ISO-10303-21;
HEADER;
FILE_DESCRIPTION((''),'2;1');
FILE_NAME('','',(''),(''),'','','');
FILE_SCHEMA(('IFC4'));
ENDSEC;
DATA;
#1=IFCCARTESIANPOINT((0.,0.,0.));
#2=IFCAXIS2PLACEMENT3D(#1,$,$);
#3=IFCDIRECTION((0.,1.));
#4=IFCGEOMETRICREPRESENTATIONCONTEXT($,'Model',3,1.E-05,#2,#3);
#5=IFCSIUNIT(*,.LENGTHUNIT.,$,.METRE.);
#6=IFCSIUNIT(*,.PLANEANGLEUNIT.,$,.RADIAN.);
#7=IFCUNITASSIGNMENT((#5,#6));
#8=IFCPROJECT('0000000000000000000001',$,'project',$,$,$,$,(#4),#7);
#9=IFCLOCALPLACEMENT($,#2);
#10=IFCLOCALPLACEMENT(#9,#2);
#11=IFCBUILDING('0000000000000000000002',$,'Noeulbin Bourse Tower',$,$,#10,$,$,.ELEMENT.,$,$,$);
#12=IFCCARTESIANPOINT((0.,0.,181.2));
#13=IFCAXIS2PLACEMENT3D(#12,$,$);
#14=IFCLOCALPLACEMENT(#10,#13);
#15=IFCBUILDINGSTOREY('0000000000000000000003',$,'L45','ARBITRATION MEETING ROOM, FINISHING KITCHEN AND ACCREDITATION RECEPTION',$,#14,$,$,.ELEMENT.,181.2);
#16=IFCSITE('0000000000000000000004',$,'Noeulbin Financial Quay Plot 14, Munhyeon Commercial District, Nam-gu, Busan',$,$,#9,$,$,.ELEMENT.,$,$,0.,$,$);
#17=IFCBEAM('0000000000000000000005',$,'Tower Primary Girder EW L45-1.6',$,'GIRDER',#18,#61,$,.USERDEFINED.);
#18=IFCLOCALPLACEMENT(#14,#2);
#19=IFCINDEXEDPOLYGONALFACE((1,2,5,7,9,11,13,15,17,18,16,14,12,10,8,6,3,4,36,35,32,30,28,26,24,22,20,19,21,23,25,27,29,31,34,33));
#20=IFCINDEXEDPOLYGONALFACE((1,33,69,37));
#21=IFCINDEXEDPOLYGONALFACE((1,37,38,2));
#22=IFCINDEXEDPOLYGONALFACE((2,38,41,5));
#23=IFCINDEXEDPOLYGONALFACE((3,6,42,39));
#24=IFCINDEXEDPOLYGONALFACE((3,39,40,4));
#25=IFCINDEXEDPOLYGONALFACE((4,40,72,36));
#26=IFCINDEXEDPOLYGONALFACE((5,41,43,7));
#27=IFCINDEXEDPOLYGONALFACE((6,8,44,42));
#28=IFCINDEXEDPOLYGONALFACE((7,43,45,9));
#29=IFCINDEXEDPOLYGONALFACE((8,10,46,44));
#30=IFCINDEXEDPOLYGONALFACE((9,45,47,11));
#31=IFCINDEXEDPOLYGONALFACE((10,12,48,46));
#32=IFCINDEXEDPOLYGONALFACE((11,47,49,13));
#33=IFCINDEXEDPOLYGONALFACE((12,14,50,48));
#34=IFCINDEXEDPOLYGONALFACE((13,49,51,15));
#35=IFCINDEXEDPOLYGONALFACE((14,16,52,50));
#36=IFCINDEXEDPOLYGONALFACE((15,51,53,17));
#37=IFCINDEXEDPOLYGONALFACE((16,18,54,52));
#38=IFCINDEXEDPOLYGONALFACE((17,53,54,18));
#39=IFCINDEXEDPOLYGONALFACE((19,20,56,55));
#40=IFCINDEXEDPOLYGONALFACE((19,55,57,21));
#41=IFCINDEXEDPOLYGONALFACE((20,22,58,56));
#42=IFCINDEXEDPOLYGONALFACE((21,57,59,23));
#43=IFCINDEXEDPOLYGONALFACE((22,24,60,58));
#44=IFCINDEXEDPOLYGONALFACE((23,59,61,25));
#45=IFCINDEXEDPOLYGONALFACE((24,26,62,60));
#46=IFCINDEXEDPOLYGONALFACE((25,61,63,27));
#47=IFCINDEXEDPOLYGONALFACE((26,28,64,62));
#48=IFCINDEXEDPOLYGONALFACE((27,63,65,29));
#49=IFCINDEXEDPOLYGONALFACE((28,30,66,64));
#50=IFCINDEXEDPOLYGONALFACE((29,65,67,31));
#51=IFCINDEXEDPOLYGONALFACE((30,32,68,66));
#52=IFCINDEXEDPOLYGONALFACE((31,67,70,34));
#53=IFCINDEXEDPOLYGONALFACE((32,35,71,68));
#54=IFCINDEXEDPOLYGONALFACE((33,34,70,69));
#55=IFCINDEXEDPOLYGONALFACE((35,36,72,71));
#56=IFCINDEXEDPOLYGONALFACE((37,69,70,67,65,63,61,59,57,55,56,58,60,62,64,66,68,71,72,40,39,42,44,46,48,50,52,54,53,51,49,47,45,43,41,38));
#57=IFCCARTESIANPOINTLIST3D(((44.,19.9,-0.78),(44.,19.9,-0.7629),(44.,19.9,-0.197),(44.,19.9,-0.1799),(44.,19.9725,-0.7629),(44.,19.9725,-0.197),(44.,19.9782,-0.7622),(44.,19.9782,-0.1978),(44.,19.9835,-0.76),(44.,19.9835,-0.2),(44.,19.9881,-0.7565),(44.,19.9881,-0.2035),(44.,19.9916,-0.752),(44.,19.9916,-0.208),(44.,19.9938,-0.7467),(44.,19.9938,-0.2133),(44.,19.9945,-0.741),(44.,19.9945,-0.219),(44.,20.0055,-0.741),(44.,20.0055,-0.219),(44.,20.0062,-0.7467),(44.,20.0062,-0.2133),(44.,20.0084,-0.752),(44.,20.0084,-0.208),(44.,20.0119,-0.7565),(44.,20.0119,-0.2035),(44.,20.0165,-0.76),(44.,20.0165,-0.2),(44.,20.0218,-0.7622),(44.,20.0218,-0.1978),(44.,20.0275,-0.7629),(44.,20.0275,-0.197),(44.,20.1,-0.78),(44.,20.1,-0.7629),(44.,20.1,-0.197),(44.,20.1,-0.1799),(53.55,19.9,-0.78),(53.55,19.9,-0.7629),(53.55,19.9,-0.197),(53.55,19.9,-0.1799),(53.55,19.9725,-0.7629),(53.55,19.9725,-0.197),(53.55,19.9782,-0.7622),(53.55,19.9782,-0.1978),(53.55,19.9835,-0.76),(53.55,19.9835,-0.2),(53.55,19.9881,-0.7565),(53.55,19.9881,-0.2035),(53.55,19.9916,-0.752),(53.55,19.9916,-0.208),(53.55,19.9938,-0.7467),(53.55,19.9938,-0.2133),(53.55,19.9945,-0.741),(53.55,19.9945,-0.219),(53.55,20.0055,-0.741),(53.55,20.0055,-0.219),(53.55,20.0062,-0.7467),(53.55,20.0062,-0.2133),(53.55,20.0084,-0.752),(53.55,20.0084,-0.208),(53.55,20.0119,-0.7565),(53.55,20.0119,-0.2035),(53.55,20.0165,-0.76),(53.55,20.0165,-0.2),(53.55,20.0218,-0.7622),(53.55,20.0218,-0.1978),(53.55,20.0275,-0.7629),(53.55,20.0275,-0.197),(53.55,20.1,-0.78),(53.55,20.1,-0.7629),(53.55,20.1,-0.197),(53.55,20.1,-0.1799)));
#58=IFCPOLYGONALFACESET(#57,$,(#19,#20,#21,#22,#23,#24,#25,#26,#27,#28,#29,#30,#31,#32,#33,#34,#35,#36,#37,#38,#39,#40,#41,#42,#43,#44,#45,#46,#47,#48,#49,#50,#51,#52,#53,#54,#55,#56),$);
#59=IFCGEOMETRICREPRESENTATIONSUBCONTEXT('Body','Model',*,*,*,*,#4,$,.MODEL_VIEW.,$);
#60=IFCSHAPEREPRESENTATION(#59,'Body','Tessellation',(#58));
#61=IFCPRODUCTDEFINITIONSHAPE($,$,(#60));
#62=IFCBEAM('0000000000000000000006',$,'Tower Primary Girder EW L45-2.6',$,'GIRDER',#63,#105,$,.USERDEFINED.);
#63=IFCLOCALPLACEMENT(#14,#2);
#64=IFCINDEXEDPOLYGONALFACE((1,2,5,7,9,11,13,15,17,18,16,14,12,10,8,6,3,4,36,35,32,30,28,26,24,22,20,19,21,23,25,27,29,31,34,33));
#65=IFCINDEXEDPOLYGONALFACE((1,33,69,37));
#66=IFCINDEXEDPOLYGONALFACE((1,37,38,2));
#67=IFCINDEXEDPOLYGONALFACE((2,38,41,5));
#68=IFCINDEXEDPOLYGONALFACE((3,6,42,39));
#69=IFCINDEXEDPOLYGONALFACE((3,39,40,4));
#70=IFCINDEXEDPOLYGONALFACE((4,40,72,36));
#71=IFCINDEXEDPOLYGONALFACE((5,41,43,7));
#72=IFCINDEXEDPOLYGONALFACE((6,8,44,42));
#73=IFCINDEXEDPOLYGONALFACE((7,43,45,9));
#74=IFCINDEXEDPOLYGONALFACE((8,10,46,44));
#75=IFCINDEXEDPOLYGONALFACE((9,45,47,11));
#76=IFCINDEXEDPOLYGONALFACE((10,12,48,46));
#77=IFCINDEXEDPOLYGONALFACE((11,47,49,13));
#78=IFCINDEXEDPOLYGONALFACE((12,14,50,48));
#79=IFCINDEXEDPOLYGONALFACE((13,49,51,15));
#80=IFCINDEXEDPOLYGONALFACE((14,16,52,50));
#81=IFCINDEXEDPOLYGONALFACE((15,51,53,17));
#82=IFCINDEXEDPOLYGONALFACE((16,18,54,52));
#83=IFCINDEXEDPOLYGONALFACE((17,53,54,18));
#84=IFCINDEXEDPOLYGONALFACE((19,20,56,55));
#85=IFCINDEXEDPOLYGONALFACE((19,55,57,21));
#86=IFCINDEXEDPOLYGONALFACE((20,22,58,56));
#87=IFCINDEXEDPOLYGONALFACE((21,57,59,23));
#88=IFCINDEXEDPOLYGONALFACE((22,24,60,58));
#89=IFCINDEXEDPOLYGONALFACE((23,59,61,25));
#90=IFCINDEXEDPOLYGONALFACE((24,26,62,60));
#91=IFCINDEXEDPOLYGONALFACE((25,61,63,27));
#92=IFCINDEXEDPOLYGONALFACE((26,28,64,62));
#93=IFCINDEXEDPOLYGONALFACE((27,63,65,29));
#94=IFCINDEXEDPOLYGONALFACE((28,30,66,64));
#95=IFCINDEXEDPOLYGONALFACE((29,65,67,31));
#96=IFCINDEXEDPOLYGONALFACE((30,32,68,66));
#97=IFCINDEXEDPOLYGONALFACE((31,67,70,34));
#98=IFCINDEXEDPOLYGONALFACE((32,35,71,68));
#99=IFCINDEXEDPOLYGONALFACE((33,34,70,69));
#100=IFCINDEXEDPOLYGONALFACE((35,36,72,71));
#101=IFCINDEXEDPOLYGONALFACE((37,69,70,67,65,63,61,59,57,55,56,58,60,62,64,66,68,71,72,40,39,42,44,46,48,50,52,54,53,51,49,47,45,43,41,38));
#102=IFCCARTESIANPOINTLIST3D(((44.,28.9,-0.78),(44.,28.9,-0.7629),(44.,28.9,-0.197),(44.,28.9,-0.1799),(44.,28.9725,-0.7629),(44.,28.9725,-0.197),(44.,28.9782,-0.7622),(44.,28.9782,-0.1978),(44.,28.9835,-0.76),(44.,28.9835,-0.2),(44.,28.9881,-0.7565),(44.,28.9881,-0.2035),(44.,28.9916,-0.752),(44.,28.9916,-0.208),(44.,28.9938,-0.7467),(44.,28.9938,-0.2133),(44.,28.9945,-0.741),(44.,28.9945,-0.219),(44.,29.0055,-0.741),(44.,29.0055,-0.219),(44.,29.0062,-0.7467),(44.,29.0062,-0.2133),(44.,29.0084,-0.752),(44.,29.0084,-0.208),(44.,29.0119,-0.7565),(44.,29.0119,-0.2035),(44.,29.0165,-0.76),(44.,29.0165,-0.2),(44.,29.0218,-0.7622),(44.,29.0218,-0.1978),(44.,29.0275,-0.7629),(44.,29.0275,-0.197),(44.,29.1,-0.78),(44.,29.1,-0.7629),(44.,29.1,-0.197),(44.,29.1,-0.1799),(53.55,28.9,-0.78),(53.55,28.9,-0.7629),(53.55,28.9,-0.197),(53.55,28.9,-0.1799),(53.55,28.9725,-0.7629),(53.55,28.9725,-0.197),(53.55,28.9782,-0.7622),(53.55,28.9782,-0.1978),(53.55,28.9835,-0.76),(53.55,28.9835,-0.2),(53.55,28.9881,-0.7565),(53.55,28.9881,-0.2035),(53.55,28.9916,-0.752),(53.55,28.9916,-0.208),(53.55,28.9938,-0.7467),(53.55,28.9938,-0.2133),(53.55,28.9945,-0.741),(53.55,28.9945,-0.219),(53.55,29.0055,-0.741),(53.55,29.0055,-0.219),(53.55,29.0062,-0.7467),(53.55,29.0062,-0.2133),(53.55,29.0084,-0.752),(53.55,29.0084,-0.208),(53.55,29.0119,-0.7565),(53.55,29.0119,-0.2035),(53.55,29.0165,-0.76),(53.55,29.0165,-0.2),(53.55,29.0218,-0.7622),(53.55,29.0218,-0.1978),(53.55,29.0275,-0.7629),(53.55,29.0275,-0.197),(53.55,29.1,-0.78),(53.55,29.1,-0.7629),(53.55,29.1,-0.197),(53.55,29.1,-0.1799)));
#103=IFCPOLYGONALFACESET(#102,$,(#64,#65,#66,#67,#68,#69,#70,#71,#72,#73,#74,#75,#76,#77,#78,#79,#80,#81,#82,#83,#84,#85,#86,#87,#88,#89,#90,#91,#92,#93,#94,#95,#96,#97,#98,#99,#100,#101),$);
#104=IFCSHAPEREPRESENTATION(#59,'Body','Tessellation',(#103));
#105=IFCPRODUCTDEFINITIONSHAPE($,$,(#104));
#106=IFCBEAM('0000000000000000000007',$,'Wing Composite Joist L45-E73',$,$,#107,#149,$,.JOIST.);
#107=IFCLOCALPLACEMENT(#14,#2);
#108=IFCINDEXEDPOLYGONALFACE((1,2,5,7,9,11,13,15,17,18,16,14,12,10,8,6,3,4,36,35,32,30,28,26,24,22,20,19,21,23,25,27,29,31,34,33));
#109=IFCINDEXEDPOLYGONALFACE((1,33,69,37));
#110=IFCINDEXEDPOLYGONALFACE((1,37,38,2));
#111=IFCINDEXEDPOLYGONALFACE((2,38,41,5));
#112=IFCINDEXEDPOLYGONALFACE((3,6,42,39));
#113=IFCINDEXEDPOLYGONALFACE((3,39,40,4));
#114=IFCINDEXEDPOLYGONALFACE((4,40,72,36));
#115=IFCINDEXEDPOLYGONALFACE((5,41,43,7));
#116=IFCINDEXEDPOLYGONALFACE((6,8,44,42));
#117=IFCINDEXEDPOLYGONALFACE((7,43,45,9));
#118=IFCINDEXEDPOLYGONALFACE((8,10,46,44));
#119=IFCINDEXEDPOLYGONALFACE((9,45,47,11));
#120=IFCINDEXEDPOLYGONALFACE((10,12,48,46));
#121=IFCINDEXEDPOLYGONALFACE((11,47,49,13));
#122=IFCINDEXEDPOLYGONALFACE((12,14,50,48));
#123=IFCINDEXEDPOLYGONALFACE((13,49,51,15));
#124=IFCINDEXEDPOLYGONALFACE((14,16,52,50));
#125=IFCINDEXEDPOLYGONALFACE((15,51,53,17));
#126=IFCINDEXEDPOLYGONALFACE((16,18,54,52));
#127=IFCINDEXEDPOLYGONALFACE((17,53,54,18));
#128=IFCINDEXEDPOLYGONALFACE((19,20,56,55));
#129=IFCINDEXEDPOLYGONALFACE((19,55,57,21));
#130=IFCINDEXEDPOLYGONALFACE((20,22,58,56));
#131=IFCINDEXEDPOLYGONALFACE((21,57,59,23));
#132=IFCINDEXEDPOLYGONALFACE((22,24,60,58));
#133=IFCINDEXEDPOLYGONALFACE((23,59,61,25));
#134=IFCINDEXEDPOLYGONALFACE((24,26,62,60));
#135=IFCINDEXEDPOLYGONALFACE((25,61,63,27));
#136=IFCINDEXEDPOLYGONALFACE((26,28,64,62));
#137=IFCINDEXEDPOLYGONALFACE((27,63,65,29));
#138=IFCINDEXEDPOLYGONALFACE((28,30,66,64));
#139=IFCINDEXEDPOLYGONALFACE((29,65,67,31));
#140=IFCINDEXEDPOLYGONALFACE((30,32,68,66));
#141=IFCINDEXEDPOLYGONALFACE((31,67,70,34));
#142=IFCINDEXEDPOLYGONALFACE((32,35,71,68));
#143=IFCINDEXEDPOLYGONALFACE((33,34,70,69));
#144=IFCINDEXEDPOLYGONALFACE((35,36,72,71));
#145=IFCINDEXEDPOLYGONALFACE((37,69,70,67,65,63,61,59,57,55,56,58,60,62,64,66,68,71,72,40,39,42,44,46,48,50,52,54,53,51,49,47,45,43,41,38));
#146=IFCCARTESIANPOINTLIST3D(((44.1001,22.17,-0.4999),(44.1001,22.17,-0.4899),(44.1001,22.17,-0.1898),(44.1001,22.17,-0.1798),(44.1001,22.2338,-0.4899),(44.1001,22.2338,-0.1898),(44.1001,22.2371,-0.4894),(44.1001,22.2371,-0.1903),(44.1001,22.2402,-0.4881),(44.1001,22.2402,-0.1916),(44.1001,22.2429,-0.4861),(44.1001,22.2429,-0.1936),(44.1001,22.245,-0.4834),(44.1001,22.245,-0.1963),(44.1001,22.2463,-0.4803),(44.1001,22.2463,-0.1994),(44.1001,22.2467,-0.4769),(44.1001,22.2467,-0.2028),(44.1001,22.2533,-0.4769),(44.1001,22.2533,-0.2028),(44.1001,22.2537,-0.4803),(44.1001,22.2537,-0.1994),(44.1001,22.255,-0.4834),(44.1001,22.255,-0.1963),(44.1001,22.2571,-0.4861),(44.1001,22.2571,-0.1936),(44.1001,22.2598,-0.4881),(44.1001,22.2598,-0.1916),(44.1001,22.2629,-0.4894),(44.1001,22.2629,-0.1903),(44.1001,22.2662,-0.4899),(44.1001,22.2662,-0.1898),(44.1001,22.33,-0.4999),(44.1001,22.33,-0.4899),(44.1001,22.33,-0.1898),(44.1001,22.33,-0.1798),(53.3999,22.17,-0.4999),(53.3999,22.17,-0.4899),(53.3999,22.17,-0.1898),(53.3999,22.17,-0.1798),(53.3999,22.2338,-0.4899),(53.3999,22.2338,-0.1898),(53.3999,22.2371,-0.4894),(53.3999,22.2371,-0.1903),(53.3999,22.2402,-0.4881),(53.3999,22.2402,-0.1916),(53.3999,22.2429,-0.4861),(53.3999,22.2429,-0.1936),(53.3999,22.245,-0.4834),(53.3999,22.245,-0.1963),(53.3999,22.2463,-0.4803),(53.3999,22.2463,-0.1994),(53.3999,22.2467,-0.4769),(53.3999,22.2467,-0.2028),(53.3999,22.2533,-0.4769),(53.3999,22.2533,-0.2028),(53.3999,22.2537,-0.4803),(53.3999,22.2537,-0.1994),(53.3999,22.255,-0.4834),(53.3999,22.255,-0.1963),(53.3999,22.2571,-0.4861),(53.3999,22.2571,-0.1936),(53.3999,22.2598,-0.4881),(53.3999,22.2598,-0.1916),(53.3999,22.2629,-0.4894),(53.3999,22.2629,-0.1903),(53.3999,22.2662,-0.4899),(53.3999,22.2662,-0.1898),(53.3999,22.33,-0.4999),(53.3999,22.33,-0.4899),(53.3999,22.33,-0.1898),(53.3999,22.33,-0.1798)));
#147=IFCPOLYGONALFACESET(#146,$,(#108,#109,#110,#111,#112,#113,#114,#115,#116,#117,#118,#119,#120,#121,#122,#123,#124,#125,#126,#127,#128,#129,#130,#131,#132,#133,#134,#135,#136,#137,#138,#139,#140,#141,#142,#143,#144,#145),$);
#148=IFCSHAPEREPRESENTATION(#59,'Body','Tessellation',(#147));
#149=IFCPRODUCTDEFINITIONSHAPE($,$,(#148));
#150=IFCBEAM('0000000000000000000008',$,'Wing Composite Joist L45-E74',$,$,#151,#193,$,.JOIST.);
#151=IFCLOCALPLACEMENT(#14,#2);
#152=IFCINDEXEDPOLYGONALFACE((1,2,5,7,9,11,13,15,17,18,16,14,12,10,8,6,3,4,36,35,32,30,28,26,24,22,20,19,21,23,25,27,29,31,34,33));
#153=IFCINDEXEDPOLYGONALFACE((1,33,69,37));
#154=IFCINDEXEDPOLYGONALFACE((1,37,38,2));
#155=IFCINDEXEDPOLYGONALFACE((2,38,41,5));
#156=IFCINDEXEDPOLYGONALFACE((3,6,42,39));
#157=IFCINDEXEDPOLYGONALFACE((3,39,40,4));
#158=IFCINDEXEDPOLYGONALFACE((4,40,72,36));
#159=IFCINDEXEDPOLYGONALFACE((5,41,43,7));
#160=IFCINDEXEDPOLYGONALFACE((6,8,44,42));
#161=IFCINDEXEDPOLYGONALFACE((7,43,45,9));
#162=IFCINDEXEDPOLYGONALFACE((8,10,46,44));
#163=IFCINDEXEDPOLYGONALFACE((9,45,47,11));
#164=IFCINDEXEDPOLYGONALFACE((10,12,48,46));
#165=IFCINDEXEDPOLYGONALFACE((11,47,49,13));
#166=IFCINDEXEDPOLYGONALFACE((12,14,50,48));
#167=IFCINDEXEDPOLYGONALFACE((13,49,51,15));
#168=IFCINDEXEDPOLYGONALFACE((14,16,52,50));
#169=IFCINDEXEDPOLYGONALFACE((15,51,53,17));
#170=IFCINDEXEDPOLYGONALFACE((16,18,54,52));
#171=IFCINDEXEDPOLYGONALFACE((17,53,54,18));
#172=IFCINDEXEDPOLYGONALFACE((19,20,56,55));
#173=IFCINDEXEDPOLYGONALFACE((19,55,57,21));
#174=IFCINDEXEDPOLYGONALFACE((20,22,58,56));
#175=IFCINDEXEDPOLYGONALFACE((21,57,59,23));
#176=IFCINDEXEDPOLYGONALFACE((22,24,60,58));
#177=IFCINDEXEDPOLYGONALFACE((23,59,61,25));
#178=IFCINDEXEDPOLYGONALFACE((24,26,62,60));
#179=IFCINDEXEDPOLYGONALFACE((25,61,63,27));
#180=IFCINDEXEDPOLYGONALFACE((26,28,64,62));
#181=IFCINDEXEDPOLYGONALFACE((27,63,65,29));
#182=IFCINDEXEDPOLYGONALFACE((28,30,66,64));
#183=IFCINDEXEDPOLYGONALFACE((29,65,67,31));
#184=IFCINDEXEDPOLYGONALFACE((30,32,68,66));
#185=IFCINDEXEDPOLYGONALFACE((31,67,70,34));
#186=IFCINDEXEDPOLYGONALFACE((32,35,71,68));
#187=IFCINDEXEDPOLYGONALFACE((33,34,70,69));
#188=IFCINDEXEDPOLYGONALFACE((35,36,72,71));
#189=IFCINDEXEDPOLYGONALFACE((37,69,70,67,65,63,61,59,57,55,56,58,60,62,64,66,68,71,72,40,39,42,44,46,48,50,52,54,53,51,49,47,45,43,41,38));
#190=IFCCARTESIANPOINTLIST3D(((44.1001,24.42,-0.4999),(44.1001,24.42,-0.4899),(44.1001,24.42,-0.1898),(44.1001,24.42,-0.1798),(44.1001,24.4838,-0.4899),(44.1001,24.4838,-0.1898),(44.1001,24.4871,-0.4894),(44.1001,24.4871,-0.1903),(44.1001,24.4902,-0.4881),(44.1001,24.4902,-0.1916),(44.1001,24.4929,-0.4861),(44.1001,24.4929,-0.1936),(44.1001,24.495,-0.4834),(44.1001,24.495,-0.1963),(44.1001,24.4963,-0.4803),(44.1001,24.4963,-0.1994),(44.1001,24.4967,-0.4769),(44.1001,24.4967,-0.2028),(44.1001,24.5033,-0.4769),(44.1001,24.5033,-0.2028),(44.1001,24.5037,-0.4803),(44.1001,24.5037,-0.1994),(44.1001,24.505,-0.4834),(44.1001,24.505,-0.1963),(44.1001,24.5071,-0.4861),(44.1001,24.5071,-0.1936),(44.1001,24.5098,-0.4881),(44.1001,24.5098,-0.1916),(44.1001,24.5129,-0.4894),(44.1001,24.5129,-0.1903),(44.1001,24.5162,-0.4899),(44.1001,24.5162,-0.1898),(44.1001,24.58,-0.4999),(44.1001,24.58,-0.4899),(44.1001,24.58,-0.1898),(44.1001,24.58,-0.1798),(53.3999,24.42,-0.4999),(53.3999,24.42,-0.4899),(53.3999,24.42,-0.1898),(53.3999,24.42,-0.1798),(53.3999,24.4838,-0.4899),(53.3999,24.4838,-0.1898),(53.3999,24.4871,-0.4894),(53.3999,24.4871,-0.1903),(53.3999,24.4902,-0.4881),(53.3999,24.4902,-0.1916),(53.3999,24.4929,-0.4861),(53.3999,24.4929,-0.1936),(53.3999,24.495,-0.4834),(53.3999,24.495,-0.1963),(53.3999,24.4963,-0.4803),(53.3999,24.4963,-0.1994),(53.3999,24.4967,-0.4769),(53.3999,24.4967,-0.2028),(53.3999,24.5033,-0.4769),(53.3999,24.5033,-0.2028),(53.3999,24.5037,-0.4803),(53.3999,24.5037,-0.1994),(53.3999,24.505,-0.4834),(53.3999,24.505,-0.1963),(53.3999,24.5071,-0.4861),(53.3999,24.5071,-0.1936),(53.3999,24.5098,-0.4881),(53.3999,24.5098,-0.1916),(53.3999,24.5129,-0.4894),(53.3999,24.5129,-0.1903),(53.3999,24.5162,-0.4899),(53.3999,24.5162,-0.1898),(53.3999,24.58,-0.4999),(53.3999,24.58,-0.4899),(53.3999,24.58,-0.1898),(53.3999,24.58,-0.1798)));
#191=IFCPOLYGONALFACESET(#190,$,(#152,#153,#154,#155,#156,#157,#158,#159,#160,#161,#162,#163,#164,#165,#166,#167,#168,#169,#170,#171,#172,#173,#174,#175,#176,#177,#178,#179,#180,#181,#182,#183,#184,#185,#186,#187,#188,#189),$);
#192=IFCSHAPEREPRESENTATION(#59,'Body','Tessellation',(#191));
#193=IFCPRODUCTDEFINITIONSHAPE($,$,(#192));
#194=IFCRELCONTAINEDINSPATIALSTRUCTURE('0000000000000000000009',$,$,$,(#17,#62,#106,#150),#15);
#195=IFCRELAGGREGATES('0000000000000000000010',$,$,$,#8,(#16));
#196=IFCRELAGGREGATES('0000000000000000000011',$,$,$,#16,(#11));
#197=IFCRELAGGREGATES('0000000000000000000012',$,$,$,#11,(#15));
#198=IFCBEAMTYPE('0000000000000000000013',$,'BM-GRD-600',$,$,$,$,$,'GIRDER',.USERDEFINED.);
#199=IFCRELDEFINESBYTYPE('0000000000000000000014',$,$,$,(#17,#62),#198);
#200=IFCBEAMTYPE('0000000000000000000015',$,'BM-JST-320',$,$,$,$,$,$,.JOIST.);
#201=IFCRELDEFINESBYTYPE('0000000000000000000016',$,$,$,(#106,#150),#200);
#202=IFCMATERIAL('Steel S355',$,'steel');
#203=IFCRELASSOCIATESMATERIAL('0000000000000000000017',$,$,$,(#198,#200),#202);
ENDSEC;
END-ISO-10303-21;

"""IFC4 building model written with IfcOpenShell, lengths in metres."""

from ifc_helpers import new_model, si_unit, direction, frame, origin, origin_2d, place, context, subcontext, project, spatial, i_section, extrude, material, material_profile, profile_set, type_object, element, save


model = new_model("IFC4")

# Units and contexts
model_context = context("Model", 3, precision=1e-05, world=origin(), true_north=direction((0.0, 1.0)))
body_context = subcontext(model_context, "Body", "Model", "MODEL_VIEW")
ifc_project = project(units=[si_unit("LENGTHUNIT", "METRE"), si_unit("PLANEANGLEUNIT", "RADIAN")], contexts=[model_context])

# Site, building, storey
site_placement = place(None, origin())
site = spatial("IfcSite", under=ifc_project, at=site_placement, Name="Noeulbin Financial Quay Plot 14, Munhyeon Commercial District, Nam-gu, Busan", CompositionType="ELEMENT", RefElevation=0.0)
building_placement = place(site_placement, origin())
building = spatial("IfcBuilding", under=site, at=building_placement, Name="Noeulbin Bourse Tower", CompositionType="ELEMENT")
storey_placement = place(building_placement, frame((0.0, 0.0, 181.2)))
storey = spatial("IfcBuildingStorey", under=building, at=storey_placement, Name="L45", Description="ARBITRATION MEETING ROOM, FINISHING KITCHEN AND ACCREDITATION RECEPTION", CompositionType="ELEMENT", Elevation=181.2)

# Shared definitions
ifc_material_1 = material(Name="Steel S355", Category="steel")

# Beams
ifc_material_profile_1 = material_profile(ifc_material_1, i_section(OverallWidth=0.2, OverallDepth=0.6001, WebThickness=0.011, FlangeThickness=0.0171, FilletRadius=0.022, at=origin_2d()), Name="H-600x200x11x17", Category="LoadBearing")
ifc_profile_set_1 = profile_set([ifc_material_profile_1], Name="Steel S355")
beam_type_1 = type_object("IfcBeamType", Name="BM-GRD-600", ElementType="GIRDER", PredefinedType="USERDEFINED", material=ifc_profile_set_1)
for number, where, z_axis, x_axis, name in (
    (1, (44.0, 20.0, -0.48), (1.0, 0.0, 0.0), (0.0, 1.0, 0.0), "Tower Primary Girder EW L45-1.6"),
    (2, (44.0, 29.0, -0.48), (1.0, 0.0, 0.0), (0.0, 1.0, 0.0), "Tower Primary Girder EW L45-2.6"),
):
    element("IfcBeam", number, at=place(storey_placement, frame(where, z_axis=z_axis, x_axis=x_axis)), inside=storey, type_object=beam_type_1, Name=name, ObjectType="GIRDER", PredefinedType="USERDEFINED", context=body_context, shape_type="SweptSolid", body=[
        extrude(i_section(OverallWidth=0.2, OverallDepth=0.6001, WebThickness=0.011, FlangeThickness=0.0171, FilletRadius=0.022, at=origin_2d()), origin(), (0.0, 0.0, 1.0), 9.55),
    ])
ifc_material_profile_2 = material_profile(ifc_material_1, i_section(OverallWidth=0.1599, OverallDepth=0.3201, WebThickness=0.0066, FlangeThickness=0.01, FilletRadius=0.0129, at=origin_2d()), Name="H-320x160x6.5x10", Category="LoadBearing")
ifc_profile_set_2 = profile_set([ifc_material_profile_2], Name="Steel S355")
beam_type_2 = type_object("IfcBeamType", Name="BM-JST-320", PredefinedType="JOIST", material=ifc_profile_set_2)
for number, where, z_axis, x_axis, name in (
    (3, (44.1001, 22.25, -0.3398), (1.0, 0.0, 0.0), (0.0, 1.0, 0.0), "Wing Composite Joist L45-E73"),
    (4, (44.1001, 24.5, -0.3398), (1.0, 0.0, 0.0), (0.0, 1.0, 0.0), "Wing Composite Joist L45-E74"),
):
    element("IfcBeam", number, at=place(storey_placement, frame(where, z_axis=z_axis, x_axis=x_axis)), inside=storey, type_object=beam_type_2, Name=name, PredefinedType="JOIST", context=body_context, shape_type="SweptSolid", body=[
        extrude(i_section(OverallWidth=0.1599, OverallDepth=0.3201, WebThickness=0.0066, FlangeThickness=0.01, FilletRadius=0.0129, at=origin_2d()), origin(), (0.0, 0.0, 1.0), 9.2998),
    ])

save(model, "model.ifc")
